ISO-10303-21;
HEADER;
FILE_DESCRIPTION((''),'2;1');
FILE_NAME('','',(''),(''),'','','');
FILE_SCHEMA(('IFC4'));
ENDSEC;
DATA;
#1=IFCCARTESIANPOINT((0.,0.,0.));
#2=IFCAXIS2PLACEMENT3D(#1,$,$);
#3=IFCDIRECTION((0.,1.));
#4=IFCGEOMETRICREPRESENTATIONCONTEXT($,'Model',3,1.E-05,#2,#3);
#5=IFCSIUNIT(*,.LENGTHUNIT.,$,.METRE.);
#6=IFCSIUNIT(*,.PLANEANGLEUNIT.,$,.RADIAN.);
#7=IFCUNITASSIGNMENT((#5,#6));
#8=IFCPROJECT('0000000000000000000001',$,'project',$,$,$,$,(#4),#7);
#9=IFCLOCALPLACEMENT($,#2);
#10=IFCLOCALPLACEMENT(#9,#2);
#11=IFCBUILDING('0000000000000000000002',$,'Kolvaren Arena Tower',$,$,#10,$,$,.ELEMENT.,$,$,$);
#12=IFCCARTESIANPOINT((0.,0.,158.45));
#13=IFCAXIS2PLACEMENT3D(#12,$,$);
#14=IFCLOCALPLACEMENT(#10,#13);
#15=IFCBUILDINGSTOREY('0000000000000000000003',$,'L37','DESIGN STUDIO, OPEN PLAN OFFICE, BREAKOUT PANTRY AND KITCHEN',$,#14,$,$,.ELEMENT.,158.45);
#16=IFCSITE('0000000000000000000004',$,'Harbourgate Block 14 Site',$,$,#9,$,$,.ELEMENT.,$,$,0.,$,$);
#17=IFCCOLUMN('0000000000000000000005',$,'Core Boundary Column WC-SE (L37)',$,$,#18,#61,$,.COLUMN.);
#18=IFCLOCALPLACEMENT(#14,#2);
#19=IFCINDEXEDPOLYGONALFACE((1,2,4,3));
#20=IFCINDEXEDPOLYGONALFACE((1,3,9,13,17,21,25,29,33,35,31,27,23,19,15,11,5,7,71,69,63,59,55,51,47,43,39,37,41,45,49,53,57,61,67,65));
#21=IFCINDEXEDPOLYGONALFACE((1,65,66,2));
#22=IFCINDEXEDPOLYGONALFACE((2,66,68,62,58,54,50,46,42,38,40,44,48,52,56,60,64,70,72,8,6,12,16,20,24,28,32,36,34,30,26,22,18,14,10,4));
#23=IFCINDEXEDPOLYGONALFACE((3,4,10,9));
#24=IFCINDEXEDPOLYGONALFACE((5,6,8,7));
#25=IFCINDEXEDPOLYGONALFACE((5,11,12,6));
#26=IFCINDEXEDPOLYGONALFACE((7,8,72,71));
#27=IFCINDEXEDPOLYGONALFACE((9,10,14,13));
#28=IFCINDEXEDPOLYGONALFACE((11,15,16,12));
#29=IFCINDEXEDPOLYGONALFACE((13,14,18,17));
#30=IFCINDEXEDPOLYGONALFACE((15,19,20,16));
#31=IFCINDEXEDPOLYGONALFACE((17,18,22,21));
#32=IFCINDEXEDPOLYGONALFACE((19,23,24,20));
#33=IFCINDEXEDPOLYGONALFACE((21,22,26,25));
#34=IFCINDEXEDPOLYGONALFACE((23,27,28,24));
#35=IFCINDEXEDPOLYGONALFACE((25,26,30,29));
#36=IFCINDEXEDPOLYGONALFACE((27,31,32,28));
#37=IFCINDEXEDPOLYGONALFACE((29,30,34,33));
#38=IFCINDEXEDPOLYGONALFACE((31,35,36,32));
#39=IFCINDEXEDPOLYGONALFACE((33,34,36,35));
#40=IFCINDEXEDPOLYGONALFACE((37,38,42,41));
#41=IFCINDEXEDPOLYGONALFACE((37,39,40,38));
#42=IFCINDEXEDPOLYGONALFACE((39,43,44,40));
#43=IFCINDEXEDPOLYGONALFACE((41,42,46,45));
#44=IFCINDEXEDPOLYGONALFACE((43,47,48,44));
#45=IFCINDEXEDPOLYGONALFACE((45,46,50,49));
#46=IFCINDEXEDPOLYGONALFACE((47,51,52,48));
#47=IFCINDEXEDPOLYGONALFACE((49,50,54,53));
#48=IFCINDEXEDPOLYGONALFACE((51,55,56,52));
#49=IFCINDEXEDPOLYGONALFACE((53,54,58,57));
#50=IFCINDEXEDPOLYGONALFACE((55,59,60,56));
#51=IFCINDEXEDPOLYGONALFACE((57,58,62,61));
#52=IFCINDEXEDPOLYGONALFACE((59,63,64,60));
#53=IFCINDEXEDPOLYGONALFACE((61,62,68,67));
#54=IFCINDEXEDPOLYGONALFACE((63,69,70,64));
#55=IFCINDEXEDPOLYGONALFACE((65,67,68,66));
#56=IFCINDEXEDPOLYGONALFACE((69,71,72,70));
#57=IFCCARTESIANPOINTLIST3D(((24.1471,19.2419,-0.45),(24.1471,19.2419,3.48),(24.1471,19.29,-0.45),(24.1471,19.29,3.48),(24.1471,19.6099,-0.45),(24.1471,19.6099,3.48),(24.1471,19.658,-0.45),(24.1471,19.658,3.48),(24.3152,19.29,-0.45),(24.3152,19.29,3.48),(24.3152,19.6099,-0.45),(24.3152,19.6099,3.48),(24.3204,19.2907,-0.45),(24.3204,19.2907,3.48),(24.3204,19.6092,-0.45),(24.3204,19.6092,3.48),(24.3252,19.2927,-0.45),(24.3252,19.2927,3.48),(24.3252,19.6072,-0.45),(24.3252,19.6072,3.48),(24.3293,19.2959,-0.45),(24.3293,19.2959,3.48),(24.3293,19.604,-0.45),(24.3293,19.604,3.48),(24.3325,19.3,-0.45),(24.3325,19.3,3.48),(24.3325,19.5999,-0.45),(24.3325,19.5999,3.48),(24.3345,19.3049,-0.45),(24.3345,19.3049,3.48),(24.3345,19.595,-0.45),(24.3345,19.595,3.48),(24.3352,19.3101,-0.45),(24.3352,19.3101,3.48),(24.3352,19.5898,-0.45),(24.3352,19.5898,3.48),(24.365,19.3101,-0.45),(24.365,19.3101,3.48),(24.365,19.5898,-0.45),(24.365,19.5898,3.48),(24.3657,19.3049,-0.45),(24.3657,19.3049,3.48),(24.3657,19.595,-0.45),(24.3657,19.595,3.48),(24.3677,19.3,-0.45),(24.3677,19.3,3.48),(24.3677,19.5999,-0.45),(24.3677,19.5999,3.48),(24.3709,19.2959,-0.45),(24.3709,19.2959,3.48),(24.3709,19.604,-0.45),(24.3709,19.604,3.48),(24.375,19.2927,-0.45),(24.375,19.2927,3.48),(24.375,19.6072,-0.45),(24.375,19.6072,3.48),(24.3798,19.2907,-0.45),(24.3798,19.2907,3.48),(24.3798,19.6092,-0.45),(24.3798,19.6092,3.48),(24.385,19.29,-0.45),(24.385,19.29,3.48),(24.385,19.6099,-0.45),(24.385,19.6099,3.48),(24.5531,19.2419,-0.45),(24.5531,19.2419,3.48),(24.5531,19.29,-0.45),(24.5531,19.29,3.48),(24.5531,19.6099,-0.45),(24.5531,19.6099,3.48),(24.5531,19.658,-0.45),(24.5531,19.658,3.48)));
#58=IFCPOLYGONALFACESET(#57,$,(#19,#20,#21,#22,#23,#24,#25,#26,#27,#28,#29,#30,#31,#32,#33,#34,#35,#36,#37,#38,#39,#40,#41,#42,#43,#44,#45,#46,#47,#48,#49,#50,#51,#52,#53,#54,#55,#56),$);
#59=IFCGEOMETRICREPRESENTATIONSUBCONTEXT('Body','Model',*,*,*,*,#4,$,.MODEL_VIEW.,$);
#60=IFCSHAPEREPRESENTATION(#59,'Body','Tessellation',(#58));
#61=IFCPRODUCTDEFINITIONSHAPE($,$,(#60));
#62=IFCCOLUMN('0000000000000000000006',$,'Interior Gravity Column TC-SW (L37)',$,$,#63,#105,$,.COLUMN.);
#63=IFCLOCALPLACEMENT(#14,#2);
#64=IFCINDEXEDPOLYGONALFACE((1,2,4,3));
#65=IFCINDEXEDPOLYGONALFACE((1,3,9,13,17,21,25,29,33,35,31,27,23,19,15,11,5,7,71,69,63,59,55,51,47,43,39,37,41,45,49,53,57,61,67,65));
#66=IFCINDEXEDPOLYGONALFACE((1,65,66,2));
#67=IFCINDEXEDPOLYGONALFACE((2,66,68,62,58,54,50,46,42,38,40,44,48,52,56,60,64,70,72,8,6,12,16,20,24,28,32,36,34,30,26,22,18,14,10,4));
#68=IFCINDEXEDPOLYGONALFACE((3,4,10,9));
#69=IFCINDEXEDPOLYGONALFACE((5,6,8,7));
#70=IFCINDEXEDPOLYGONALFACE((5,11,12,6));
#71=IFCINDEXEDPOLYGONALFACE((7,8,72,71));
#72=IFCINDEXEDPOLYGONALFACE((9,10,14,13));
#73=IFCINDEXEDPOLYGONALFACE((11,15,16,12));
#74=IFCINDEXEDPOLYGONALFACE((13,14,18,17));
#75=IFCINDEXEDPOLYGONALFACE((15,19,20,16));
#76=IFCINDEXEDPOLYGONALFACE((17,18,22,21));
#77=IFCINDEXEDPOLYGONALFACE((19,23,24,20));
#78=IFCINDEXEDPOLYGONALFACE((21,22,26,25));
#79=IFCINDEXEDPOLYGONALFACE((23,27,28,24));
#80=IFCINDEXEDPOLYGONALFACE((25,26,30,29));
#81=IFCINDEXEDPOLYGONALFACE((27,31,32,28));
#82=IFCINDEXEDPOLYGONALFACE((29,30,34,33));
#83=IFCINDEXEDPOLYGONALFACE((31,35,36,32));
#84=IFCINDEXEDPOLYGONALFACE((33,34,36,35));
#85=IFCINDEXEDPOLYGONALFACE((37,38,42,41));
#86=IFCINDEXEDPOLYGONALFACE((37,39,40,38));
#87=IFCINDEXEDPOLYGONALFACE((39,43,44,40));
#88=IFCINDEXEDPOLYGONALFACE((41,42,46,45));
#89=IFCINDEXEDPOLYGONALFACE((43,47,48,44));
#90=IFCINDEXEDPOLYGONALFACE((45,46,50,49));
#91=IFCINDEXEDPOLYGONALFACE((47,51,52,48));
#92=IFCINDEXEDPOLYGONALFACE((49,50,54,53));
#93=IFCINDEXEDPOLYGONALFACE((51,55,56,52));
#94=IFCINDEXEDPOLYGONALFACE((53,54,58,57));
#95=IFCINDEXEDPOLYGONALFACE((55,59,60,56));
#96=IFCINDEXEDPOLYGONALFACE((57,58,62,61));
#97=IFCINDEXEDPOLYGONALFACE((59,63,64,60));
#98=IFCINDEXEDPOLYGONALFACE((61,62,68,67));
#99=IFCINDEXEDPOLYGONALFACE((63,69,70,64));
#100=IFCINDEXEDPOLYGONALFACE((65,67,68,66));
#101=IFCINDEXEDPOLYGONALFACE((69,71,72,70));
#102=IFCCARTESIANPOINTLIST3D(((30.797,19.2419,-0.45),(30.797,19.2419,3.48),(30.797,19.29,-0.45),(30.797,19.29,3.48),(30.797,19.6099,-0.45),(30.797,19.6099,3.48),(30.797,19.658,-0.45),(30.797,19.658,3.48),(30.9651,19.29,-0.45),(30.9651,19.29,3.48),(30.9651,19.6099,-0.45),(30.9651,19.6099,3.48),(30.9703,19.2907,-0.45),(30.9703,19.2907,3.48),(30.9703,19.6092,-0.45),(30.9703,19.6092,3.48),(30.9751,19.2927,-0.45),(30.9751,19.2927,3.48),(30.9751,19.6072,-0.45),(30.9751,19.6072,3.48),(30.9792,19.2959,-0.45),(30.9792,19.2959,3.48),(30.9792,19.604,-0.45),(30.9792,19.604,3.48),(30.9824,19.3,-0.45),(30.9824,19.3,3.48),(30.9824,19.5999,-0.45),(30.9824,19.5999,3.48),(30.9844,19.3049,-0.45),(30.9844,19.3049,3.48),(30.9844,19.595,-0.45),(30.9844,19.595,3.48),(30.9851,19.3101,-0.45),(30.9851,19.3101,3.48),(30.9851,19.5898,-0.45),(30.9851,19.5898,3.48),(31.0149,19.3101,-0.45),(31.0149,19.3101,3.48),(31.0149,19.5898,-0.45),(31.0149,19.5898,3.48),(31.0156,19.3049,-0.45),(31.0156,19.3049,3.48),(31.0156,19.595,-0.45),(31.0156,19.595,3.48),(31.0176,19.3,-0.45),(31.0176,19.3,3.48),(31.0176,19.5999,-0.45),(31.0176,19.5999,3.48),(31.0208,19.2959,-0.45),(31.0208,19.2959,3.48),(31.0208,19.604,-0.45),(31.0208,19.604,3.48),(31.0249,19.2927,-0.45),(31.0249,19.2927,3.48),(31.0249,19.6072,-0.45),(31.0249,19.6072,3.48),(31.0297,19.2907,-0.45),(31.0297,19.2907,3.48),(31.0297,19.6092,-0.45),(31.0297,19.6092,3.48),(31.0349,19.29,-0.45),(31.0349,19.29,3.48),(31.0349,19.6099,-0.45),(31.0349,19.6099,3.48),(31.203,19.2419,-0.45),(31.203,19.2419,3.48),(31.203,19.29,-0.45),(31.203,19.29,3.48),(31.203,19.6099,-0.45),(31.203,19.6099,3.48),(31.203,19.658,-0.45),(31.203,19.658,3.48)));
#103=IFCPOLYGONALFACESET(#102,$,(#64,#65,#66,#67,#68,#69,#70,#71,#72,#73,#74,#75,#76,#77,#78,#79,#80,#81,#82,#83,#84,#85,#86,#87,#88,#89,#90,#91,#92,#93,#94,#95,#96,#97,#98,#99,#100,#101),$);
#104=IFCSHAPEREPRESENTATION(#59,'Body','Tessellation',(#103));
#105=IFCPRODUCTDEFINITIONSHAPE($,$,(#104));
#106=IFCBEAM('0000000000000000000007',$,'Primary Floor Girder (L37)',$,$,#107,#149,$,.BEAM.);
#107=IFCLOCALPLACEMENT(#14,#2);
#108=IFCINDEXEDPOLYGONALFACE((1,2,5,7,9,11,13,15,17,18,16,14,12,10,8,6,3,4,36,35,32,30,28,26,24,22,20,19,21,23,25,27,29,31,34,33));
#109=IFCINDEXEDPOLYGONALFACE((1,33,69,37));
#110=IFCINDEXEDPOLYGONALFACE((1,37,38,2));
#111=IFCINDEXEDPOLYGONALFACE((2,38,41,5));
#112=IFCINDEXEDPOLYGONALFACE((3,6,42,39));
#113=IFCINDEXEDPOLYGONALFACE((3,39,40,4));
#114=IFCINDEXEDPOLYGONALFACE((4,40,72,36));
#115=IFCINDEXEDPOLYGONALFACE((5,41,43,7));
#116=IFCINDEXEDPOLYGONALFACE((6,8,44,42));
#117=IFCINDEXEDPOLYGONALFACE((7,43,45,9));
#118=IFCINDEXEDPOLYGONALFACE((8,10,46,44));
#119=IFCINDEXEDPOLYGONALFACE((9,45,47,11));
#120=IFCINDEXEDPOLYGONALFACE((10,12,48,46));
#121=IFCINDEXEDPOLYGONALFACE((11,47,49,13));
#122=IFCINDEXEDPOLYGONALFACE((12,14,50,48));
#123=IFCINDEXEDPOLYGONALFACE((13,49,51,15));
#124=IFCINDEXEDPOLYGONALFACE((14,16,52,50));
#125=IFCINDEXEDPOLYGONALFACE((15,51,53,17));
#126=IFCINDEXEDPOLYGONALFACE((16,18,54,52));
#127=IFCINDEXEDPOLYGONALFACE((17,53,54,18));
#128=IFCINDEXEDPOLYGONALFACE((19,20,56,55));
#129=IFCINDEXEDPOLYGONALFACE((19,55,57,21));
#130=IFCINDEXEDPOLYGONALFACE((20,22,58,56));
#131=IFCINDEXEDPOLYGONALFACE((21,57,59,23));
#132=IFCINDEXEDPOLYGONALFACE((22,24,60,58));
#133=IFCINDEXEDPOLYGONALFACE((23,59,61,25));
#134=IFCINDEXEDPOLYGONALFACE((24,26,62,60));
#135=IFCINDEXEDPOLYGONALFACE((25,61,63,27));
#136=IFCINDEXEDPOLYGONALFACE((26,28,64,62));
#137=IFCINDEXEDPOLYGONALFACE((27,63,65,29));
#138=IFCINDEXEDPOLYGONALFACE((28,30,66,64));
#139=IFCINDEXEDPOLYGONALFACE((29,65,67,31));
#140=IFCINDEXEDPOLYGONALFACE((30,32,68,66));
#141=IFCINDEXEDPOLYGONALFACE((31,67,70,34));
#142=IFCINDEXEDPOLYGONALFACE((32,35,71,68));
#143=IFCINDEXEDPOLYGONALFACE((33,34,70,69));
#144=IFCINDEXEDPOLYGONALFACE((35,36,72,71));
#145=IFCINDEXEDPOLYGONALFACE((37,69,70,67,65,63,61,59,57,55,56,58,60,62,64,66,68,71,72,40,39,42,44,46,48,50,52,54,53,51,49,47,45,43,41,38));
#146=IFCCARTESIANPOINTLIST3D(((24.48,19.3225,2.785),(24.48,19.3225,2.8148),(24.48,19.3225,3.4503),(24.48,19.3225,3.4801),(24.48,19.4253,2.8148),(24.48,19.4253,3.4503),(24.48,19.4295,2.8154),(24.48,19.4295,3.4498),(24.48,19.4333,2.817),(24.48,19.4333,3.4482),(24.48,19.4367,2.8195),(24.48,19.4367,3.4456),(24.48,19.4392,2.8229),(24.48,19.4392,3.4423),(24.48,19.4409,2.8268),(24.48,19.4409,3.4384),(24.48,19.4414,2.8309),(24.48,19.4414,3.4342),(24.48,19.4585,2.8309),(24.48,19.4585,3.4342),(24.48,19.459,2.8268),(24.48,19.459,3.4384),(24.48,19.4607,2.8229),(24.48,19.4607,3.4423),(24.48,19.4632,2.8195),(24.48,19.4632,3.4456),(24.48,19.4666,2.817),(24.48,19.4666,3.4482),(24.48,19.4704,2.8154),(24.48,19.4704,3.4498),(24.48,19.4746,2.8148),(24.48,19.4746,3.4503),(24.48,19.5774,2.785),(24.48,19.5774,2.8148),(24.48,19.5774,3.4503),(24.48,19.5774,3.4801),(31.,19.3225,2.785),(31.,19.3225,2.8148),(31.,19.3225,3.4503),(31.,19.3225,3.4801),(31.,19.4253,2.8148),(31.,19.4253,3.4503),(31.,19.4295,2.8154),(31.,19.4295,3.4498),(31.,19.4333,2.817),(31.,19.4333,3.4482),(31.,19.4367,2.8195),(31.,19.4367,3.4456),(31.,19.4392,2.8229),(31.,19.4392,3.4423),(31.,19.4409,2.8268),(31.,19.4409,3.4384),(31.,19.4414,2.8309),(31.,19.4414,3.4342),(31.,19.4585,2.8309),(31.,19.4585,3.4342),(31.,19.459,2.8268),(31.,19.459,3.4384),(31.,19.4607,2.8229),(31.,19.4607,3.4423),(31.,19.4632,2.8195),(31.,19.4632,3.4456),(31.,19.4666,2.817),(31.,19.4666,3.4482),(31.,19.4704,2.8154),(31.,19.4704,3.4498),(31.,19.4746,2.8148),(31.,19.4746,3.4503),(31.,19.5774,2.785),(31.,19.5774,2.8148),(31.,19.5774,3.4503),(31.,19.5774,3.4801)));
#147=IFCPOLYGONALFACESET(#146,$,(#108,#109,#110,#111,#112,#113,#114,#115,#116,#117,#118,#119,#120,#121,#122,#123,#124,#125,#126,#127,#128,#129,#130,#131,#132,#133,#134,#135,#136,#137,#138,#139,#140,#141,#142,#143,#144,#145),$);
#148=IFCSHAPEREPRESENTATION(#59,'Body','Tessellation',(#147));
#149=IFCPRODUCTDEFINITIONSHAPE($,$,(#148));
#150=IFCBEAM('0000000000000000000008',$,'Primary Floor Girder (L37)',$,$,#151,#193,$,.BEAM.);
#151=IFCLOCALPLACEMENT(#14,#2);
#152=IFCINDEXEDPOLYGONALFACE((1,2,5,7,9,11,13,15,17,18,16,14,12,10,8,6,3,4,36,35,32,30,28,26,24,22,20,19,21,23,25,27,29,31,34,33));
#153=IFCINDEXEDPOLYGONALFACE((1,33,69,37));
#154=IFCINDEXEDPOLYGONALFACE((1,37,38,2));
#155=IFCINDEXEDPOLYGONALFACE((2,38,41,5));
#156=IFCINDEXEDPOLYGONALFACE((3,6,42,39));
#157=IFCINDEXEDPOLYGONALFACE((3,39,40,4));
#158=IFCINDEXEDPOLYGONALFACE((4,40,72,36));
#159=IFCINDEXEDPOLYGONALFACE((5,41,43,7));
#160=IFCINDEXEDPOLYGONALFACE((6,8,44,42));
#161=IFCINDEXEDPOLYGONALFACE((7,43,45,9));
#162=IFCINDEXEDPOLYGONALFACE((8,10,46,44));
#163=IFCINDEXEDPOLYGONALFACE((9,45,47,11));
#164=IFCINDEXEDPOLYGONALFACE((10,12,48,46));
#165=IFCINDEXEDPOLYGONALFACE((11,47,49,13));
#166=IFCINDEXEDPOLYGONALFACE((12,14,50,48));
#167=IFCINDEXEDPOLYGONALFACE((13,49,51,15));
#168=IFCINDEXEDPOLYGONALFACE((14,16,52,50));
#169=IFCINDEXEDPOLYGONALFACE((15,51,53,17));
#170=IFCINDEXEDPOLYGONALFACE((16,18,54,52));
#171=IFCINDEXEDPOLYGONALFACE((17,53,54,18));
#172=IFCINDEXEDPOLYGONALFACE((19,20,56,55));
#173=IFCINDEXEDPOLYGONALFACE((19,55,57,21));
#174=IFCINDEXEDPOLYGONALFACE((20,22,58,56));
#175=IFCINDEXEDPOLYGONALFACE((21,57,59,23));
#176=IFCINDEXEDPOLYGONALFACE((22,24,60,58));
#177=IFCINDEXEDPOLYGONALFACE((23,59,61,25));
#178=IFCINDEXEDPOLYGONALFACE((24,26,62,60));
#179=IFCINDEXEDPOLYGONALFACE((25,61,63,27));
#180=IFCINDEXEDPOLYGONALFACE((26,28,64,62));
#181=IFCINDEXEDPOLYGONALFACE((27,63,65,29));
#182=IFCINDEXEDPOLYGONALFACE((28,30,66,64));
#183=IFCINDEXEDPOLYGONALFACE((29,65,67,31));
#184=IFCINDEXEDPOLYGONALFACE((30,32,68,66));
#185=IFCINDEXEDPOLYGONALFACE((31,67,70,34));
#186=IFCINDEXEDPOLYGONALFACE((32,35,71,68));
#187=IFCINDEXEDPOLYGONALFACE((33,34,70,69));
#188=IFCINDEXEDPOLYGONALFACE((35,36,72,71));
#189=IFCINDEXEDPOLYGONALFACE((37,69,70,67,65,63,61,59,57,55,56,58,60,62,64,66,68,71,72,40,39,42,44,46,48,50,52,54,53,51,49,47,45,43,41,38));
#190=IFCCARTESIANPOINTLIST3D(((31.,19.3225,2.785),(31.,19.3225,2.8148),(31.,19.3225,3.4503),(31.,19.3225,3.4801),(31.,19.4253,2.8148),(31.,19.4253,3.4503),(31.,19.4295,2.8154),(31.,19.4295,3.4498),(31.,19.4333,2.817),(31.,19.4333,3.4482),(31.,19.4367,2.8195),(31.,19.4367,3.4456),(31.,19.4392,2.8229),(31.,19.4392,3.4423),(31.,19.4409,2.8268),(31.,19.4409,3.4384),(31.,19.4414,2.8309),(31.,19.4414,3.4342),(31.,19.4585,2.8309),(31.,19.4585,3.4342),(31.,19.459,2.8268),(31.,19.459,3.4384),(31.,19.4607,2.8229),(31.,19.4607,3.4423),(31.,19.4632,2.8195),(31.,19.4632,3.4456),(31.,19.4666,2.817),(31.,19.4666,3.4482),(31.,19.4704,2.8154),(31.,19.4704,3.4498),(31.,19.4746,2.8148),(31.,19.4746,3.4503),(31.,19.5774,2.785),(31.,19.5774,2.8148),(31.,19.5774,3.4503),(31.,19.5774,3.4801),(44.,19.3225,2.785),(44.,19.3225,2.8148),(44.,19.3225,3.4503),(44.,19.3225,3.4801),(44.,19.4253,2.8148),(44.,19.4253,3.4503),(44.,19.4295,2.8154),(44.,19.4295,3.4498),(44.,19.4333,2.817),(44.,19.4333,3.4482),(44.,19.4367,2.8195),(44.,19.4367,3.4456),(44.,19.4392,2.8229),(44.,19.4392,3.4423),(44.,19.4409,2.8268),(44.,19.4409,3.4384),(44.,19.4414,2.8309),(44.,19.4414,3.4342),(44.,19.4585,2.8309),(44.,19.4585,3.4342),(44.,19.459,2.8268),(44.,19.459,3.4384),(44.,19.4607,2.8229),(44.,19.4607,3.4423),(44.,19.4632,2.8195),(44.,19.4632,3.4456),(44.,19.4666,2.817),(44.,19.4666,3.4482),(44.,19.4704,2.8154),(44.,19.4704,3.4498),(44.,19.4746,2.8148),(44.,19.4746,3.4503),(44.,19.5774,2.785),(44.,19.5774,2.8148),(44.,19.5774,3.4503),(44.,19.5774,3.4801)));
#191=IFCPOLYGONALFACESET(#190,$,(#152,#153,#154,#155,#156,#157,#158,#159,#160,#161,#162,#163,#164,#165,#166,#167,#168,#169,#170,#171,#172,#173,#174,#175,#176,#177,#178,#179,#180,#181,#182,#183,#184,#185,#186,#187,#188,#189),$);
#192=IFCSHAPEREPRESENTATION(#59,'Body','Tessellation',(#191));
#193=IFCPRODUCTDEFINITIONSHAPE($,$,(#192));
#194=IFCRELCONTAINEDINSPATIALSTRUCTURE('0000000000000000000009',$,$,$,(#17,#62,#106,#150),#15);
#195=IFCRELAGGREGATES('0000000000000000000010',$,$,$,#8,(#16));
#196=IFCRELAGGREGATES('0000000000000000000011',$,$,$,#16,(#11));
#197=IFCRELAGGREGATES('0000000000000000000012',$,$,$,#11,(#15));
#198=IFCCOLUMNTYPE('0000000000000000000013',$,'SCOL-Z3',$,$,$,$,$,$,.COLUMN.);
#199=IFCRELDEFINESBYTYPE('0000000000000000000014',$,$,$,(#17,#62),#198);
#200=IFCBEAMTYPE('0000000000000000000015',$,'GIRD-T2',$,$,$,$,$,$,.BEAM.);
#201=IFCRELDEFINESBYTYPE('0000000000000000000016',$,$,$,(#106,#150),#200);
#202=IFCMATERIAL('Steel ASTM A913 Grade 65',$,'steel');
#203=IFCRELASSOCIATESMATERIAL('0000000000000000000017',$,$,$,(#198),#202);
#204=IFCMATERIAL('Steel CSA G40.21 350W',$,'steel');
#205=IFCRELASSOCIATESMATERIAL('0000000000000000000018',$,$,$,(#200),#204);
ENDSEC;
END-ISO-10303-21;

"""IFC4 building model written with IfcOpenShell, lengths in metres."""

from ifc_helpers import new_model, si_unit, direction, frame, origin, origin_2d, place, context, subcontext, project, spatial, i_section, extrude, material, material_profile, profile_set, type_object, element, save


model = new_model("IFC4")

# Units and contexts
model_context = context("Model", 3, precision=1e-05, world=origin(), true_north=direction((0.0, 1.0)))
body_context = subcontext(model_context, "Body", "Model", "MODEL_VIEW")
ifc_project = project(units=[si_unit("LENGTHUNIT", "METRE"), si_unit("PLANEANGLEUNIT", "RADIAN")], contexts=[model_context])

# Site, building, storey
site_placement = place(None, origin())
site = spatial("IfcSite", under=ifc_project, at=site_placement, Name="Harbourgate Block 14 Site", CompositionType="ELEMENT", RefElevation=0.0)
building_placement = place(site_placement, origin())
building = spatial("IfcBuilding", under=site, at=building_placement, Name="Kolvaren Arena Tower", CompositionType="ELEMENT")
storey_placement = place(building_placement, frame((0.0, 0.0, 158.45)))
storey = spatial("IfcBuildingStorey", under=building, at=storey_placement, Name="L37", Description="DESIGN STUDIO, OPEN PLAN OFFICE, BREAKOUT PANTRY AND KITCHEN", CompositionType="ELEMENT", Elevation=158.45)

# Columns
ifc_material_1 = material(Name="Steel ASTM A913 Grade 65", Category="steel")
ifc_material_profile_1 = material_profile(ifc_material_1, i_section(OverallWidth=0.406, OverallDepth=0.416, WebThickness=0.0298, FlangeThickness=0.0481, FilletRadius=0.02, at=origin_2d()), Name="W360x382")
ifc_profile_set_1 = profile_set([ifc_material_profile_1], Name="Steel ASTM A913 Grade 65")
column_type = type_object("IfcColumnType", Name="SCOL-Z3", PredefinedType="COLUMN", material=ifc_profile_set_1)
for number, where, z_axis, x_axis, name in (
    (1, (24.3501, 19.45, -0.45), (0.0, 0.0, 1.0), (1.0, 0.0, 0.0), "Core Boundary Column WC-SE (L37)"),
    (2, (31.0, 19.45, -0.45), (0.0, 0.0, 1.0), (1.0, 0.0, 0.0), "Interior Gravity Column TC-SW (L37)"),
):
    element("IfcColumn", number, at=place(storey_placement, frame(where, z_axis=z_axis, x_axis=x_axis)), inside=storey, type_object=column_type, Name=name, PredefinedType="COLUMN", context=body_context, shape_type="SweptSolid", body=[
        extrude(i_section(OverallWidth=0.406, OverallDepth=0.416, WebThickness=0.0298, FlangeThickness=0.0481, FilletRadius=0.02, at=origin_2d()), origin(), (0.0, 0.0, 1.0), 3.9299),
    ])

# Beams
ifc_material_2 = material(Name="Steel CSA G40.21 350W", Category="steel")
ifc_material_profile_2 = material_profile(ifc_material_2, i_section(OverallWidth=0.2549, OverallDepth=0.6951, WebThickness=0.0171, FlangeThickness=0.0298, FilletRadius=0.0161, at=origin_2d()), Name="W690x217")
ifc_profile_set_2 = profile_set([ifc_material_profile_2], Name="Steel CSA G40.21 350W")
beam_type_1 = type_object("IfcBeamType", Name="GIRD-T2", PredefinedType="BEAM", material=ifc_profile_set_2)
beam_1_placement = place(storey_placement, frame((24.48, 19.45, 3.1326), z_axis=(1.0, 0.0, 0.0), x_axis=(0.0, 1.0, 0.0)))
element("IfcBeam", 3, at=beam_1_placement, inside=storey, type_object=beam_type_1, Name="Primary Floor Girder (L37)", PredefinedType="BEAM", context=body_context, shape_type="SweptSolid", body=[
    extrude(i_section(OverallWidth=0.2549, OverallDepth=0.6951, WebThickness=0.0171, FlangeThickness=0.0298, FilletRadius=0.0161, at=origin_2d()), origin(), (0.0, 0.0, 1.0), 6.52),
])
beam_2_placement = place(storey_placement, frame((31.0, 19.45, 3.1326), z_axis=(1.0, 0.0, 0.0), x_axis=(0.0, 1.0, 0.0)))
element("IfcBeam", 4, at=beam_2_placement, inside=storey, type_object=beam_type_1, Name="Primary Floor Girder (L37)", PredefinedType="BEAM", context=body_context, shape_type="SweptSolid", body=[
    extrude(i_section(OverallWidth=0.2549, OverallDepth=0.6951, WebThickness=0.0171, FlangeThickness=0.0298, FilletRadius=0.0161, at=origin_2d()), origin(), (0.0, 0.0, 1.0), 13.0),
])

save(model, "model.ifc")
